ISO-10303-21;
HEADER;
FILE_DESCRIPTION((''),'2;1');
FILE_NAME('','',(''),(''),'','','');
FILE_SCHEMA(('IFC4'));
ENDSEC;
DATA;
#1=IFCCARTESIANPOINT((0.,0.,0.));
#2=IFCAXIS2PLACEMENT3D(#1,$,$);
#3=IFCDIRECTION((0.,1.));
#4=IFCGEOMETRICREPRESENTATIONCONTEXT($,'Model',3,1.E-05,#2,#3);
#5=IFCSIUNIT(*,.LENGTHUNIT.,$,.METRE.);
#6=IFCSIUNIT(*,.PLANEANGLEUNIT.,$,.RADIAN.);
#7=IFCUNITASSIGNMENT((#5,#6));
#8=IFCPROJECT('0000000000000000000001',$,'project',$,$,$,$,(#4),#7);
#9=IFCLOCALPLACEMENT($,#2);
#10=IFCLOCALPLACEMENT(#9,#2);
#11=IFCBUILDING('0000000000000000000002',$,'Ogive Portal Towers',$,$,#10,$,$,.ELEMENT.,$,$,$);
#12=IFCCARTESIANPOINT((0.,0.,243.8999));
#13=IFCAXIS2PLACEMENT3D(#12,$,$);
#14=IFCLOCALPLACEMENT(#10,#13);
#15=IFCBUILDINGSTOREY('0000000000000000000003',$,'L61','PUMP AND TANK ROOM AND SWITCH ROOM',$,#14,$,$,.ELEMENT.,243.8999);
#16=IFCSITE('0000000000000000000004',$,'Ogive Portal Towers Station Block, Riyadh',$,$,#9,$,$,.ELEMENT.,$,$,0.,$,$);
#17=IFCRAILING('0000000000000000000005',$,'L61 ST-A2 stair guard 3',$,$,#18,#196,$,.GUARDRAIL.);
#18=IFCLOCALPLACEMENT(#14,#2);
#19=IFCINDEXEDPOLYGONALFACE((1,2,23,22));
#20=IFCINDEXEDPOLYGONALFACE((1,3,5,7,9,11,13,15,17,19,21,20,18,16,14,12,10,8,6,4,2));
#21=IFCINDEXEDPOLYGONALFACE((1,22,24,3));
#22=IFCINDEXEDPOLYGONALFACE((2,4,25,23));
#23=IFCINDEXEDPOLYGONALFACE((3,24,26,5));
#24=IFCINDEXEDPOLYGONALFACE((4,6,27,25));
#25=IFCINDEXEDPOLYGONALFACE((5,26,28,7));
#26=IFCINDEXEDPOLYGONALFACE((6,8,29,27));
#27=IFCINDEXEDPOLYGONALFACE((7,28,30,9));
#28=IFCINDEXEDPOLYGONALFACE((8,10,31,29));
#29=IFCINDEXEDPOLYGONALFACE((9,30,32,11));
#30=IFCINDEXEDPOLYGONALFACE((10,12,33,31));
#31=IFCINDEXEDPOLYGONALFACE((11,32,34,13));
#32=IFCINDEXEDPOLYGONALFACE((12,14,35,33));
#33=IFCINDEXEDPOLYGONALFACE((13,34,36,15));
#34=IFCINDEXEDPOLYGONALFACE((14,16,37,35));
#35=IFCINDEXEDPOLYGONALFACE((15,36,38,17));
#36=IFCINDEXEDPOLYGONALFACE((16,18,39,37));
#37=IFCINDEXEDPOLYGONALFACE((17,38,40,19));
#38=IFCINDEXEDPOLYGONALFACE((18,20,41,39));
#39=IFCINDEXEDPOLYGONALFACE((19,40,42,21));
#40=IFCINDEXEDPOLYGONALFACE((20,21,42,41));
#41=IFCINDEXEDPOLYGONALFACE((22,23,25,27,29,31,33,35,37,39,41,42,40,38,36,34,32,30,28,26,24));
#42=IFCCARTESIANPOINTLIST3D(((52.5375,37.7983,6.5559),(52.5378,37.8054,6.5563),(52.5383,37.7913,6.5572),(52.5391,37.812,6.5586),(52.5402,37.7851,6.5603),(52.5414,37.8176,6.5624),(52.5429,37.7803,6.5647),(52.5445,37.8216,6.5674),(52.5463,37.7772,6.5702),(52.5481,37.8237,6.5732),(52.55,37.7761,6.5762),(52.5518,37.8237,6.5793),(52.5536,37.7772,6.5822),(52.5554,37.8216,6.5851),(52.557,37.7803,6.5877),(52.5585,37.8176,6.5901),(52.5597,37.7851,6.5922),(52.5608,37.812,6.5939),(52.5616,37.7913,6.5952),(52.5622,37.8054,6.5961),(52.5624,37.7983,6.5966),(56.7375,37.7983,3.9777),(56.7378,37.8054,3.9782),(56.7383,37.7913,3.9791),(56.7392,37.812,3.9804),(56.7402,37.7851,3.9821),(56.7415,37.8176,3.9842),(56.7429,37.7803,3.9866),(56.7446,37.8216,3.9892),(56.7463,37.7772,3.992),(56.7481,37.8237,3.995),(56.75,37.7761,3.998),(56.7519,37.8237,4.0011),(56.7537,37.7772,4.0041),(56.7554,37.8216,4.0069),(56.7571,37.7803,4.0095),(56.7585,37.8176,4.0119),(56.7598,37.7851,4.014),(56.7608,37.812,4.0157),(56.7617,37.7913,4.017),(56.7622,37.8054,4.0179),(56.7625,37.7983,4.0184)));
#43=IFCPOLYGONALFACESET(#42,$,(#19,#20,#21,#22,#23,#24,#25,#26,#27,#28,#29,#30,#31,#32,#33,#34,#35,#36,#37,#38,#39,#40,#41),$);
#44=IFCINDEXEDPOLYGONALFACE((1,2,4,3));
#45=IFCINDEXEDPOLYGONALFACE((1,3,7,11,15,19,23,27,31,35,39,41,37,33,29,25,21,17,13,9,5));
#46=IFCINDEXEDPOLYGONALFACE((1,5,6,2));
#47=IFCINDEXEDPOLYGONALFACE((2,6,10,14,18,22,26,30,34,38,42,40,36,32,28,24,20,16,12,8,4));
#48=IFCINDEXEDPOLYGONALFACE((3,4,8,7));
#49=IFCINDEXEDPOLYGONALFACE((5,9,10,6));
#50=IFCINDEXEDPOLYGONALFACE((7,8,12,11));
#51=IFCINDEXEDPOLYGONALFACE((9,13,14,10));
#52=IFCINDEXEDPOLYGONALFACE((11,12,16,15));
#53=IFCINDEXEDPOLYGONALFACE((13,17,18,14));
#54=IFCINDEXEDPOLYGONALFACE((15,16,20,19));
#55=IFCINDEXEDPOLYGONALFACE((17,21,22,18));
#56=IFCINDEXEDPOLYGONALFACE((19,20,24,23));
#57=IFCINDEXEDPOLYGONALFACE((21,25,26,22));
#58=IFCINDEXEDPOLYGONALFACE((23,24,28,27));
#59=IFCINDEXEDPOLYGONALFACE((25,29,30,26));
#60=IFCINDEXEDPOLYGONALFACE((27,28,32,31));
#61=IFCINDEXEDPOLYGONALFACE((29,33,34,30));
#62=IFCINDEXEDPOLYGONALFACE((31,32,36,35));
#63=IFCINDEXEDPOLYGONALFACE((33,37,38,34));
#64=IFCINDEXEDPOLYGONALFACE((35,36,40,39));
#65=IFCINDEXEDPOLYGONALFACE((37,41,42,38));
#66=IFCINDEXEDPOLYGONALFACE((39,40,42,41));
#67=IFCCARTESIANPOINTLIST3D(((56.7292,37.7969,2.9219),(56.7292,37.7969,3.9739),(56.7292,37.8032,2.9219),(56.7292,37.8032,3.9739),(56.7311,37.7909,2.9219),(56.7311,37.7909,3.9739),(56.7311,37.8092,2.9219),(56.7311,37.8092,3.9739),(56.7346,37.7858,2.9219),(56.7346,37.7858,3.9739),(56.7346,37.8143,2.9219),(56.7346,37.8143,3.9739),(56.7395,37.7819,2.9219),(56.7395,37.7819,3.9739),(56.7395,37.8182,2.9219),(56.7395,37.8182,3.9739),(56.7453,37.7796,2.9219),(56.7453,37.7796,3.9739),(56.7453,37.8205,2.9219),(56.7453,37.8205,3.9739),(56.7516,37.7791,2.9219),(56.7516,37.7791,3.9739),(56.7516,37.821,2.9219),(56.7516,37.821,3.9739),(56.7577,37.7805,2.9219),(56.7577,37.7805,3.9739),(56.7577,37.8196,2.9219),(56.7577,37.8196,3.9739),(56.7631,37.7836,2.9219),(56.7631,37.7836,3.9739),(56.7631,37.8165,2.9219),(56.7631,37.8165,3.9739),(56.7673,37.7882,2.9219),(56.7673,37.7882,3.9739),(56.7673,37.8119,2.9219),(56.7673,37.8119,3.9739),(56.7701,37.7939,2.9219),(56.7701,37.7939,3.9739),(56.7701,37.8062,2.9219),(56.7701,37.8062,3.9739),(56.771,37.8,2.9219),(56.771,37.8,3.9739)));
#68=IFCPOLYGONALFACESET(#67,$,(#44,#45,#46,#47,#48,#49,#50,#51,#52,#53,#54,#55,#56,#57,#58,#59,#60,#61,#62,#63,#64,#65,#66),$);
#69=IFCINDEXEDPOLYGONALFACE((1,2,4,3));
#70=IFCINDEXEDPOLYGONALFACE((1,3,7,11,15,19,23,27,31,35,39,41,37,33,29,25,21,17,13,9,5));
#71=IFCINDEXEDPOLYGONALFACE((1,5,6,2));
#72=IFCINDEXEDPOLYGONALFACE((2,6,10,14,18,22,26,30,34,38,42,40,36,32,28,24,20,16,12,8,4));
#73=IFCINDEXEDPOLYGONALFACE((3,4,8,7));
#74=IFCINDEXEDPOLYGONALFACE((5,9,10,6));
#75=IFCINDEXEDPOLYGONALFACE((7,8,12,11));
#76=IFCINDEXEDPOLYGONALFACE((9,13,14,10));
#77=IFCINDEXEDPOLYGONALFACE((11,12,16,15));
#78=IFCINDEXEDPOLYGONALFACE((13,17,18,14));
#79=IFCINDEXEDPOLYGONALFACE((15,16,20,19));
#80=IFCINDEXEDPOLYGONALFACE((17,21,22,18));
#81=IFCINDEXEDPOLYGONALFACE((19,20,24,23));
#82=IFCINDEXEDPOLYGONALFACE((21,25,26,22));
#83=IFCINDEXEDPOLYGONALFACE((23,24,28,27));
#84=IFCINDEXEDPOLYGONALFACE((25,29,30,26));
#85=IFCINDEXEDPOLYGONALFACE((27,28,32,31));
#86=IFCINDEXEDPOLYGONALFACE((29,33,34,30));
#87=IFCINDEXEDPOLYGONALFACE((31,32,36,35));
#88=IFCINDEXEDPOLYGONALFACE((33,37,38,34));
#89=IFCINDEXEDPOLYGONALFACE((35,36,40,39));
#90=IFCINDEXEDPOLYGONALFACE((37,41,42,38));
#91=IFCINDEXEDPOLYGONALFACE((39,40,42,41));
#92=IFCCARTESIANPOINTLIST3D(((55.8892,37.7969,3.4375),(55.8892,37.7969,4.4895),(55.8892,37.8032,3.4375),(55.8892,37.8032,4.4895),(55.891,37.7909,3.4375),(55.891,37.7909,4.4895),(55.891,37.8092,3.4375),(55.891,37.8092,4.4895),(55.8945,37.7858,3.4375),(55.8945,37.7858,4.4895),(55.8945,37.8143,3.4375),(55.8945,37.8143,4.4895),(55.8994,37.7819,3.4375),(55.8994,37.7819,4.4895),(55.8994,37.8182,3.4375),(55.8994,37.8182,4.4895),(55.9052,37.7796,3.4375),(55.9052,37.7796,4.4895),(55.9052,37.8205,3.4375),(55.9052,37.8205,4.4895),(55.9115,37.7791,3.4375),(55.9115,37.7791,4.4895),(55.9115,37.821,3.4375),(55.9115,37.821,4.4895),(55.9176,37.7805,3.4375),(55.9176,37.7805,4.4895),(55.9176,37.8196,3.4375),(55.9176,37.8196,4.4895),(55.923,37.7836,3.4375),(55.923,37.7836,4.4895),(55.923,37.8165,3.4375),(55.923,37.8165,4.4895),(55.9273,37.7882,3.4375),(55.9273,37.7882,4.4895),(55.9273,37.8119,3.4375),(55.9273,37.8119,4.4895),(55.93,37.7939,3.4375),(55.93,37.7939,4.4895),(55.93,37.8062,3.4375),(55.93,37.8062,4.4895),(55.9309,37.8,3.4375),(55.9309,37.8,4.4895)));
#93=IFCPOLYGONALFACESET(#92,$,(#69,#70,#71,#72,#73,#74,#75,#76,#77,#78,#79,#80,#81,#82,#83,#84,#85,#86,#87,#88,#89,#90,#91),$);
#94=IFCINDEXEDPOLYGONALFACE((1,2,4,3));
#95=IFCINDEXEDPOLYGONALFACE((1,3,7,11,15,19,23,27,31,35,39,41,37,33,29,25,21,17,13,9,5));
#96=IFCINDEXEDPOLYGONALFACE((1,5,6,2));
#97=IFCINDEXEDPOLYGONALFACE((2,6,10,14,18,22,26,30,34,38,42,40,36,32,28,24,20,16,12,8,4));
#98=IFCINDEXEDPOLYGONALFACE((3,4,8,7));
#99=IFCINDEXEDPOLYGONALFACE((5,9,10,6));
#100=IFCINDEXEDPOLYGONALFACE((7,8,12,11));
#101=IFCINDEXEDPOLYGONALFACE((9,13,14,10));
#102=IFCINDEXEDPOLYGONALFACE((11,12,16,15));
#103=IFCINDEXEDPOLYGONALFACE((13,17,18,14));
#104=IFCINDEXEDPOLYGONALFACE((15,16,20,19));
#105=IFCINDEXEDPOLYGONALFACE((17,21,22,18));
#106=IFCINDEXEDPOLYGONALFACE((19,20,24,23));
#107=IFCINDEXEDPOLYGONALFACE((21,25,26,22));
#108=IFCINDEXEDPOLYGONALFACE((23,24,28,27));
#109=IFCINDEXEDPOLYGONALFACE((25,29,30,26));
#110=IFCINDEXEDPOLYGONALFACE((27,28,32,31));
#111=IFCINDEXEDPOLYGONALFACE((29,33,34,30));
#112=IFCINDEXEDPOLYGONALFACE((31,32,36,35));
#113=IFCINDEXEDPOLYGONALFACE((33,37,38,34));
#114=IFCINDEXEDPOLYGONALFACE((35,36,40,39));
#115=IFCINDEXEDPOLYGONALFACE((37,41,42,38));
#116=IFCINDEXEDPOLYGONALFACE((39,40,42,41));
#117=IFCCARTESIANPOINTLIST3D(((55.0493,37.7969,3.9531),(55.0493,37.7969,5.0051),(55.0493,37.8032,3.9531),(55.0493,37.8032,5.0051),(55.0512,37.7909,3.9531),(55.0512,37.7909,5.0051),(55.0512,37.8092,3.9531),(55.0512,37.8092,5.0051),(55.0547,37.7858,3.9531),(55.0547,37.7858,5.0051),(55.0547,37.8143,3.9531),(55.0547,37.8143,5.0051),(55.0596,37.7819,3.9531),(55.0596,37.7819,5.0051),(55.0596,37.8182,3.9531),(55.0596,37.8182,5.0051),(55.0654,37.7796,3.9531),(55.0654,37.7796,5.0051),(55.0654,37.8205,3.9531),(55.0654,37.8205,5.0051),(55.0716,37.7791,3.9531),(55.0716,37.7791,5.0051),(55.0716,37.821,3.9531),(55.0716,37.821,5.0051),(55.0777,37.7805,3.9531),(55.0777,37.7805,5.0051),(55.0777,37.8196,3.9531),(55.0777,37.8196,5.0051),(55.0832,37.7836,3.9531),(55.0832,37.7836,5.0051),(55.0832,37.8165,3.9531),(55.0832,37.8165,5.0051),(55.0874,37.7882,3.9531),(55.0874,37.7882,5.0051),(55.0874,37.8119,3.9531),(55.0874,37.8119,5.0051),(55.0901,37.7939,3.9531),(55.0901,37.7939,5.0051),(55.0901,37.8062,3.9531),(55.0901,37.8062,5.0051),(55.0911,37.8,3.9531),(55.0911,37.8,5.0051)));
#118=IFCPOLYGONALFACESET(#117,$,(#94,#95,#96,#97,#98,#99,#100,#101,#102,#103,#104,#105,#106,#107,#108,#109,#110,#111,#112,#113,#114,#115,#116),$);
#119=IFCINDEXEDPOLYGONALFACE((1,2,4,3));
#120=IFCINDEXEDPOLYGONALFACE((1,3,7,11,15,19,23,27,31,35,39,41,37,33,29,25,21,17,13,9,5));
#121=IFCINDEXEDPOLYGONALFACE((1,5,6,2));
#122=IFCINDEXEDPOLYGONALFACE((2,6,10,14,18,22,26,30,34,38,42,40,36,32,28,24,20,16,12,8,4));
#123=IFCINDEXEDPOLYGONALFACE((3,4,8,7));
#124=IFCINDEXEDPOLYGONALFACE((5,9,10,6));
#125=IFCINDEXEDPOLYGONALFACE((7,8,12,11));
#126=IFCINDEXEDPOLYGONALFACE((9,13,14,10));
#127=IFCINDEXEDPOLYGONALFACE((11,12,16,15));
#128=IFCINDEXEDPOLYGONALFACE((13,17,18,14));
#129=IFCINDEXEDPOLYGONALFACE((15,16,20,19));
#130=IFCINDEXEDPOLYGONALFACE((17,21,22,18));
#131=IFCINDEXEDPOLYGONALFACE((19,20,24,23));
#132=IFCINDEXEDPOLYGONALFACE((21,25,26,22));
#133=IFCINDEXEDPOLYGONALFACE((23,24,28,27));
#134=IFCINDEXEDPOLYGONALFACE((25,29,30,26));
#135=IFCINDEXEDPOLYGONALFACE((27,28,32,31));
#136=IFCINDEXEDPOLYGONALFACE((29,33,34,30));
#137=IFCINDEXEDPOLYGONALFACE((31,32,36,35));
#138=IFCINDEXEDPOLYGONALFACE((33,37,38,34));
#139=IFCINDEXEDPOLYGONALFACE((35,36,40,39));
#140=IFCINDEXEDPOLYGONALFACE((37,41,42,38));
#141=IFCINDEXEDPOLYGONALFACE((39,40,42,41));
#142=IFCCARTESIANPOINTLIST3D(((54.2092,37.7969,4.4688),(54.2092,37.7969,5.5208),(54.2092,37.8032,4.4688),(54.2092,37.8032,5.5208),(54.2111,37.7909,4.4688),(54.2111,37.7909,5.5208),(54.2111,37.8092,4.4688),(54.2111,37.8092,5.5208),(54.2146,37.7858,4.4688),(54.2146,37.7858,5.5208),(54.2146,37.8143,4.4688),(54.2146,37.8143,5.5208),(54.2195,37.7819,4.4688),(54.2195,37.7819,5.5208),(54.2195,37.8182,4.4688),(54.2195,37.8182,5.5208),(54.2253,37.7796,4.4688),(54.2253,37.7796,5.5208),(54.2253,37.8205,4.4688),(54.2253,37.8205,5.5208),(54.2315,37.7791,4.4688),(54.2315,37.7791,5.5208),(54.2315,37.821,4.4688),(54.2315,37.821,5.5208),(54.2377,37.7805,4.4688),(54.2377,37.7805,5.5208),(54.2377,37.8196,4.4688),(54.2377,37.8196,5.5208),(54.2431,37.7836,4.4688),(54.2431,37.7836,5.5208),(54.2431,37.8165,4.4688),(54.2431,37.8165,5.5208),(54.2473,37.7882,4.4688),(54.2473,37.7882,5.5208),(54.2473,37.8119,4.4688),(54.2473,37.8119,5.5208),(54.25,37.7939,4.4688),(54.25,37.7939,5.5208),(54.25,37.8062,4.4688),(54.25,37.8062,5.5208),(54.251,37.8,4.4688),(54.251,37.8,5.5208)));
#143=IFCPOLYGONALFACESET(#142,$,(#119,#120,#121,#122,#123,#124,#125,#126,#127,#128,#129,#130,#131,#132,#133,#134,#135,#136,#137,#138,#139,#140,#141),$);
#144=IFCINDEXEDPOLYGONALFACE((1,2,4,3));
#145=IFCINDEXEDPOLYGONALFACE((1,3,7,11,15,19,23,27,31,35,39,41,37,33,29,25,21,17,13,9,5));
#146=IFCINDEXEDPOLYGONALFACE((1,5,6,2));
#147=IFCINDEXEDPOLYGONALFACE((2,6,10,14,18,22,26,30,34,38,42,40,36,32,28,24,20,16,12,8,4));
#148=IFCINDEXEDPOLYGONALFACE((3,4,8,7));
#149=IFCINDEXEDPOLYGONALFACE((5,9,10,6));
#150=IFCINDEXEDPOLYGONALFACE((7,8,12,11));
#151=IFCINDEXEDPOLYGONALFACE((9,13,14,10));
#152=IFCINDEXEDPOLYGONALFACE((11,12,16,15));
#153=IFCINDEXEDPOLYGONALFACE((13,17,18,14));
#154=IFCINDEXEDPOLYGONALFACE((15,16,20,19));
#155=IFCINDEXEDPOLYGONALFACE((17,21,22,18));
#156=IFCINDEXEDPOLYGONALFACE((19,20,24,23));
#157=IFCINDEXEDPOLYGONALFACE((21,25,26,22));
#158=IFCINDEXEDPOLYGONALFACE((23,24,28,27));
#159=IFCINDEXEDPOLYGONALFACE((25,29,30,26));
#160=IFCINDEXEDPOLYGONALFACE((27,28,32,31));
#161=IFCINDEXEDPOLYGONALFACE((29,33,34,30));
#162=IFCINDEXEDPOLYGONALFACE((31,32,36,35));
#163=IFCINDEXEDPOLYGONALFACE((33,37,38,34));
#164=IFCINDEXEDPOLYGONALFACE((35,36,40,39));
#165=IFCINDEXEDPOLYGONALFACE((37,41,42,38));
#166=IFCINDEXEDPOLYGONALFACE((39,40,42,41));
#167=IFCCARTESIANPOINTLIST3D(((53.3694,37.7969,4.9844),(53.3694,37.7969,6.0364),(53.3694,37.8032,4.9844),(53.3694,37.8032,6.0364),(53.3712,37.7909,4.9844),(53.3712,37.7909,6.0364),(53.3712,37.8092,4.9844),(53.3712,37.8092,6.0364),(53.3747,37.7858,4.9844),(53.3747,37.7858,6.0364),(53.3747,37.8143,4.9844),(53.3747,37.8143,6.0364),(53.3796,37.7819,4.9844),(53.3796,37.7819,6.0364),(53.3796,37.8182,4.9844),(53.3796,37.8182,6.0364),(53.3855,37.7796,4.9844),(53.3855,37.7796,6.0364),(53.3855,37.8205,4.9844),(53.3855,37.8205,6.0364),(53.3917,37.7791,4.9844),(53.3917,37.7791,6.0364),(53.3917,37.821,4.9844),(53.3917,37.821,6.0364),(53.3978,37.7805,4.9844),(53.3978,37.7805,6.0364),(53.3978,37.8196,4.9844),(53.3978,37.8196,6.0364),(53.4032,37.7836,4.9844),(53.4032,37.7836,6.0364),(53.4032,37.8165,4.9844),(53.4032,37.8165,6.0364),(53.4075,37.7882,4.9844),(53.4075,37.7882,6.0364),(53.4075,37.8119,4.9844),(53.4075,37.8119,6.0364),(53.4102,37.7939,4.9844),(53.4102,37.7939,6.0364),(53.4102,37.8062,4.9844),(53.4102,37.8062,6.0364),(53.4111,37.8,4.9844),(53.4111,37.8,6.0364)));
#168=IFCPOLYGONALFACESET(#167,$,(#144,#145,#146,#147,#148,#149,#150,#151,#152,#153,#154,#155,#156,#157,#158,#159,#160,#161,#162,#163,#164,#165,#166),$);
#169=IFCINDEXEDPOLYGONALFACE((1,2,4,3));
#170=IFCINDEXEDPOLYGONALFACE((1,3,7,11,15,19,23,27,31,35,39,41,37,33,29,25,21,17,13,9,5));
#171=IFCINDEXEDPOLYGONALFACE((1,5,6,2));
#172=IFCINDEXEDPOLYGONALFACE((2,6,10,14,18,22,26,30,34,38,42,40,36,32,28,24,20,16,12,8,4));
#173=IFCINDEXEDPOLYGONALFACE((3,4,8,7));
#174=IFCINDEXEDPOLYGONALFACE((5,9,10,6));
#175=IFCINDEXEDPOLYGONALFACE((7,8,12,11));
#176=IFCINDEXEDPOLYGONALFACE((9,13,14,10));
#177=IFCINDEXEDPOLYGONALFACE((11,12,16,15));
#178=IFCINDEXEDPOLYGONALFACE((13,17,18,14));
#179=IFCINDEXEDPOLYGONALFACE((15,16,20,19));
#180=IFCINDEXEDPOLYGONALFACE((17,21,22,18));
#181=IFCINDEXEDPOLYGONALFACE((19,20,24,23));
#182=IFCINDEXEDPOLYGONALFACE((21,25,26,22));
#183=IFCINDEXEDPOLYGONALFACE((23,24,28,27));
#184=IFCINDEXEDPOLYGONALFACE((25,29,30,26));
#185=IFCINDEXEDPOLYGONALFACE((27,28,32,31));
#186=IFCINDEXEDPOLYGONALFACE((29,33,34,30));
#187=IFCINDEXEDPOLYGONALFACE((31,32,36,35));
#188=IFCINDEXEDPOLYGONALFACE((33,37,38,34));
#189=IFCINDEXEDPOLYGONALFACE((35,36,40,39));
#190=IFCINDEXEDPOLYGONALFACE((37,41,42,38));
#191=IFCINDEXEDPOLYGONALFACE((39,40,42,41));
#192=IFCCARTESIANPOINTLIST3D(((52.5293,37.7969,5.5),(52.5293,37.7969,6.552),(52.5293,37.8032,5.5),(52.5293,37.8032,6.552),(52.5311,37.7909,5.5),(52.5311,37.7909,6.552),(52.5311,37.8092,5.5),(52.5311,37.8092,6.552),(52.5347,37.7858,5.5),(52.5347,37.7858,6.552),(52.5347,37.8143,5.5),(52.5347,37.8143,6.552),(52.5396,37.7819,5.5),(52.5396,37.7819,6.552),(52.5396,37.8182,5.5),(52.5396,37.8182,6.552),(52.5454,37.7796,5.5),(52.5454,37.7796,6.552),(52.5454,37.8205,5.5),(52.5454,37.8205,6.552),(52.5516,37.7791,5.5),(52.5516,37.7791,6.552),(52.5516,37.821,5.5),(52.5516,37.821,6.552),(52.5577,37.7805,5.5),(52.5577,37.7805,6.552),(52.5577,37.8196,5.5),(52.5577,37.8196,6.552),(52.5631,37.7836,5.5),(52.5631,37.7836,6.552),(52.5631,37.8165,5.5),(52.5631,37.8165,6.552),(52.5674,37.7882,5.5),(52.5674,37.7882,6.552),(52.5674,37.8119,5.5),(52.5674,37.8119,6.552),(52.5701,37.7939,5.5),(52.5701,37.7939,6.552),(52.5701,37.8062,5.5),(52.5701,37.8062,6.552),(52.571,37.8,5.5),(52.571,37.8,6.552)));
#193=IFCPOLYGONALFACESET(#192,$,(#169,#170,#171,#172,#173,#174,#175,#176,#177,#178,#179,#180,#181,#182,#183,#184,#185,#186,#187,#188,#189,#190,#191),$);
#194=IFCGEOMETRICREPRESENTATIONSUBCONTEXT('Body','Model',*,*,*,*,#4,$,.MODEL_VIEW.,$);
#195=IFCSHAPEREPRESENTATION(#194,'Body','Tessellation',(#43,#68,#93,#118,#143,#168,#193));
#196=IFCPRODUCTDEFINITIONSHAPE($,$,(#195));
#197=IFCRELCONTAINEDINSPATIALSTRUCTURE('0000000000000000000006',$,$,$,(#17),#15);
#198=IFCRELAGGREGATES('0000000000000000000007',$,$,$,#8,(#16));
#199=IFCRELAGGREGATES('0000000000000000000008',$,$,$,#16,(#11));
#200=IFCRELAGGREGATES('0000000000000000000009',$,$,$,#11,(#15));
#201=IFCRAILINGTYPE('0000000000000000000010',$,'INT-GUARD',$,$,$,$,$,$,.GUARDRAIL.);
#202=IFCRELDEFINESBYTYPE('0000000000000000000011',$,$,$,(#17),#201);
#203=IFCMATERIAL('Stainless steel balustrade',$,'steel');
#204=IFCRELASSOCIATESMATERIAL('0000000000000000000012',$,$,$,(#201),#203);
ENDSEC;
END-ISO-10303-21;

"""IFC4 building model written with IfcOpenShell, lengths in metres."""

from ifc_helpers import new_model, si_unit, direction, frame, origin, origin_2d, place, context, subcontext, project, spatial, circle, extrude, material, type_object, element, save


model = new_model("IFC4")

# Units and contexts
model_context = context("Model", 3, precision=1e-05, world=origin(), true_north=direction((0.0, 1.0)))
body_context = subcontext(model_context, "Body", "Model", "MODEL_VIEW")
ifc_project = project(units=[si_unit("LENGTHUNIT", "METRE"), si_unit("PLANEANGLEUNIT", "RADIAN")], contexts=[model_context])

# Site, building, storey
site_placement = place(None, origin())
site = spatial("IfcSite", under=ifc_project, at=site_placement, Name="Ogive Portal Towers Station Block, Riyadh", CompositionType="ELEMENT", RefElevation=0.0)
building_placement = place(site_placement, origin())
building = spatial("IfcBuilding", under=site, at=building_placement, Name="Ogive Portal Towers", CompositionType="ELEMENT")
storey_placement = place(building_placement, frame((0.0, 0.0, 243.8999)))
storey = spatial("IfcBuildingStorey", under=building, at=storey_placement, Name="L61", Description="PUMP AND TANK ROOM AND SWITCH ROOM", CompositionType="ELEMENT", Elevation=243.8999)

# Railing
ifc_material_1 = material(Name="Stainless steel balustrade", Category="steel")
railing_type_1 = type_object("IfcRailingType", Name="INT-GUARD", PredefinedType="GUARDRAIL", material=ifc_material_1)
railing_1_placement = place(storey_placement, frame((56.75, 37.8, 2.9219)))
element("IfcRailing", 1, at=railing_1_placement, inside=storey, type_object=railing_type_1, Name="L61 ST-A2 stair guard 3", PredefinedType="GUARDRAIL", context=body_context, shape_type="SweptSolid", body=[
    extrude(circle(Radius=0.0239, at=origin_2d()), frame((0.0, 0.0, 1.0762), z_axis=(-0.852243, 0.0, 0.523146), x_axis=(0.0, -1.0, 0.0)), (0.0, 0.0, 1.0), 4.9282),
    extrude(circle(Radius=0.021, at=origin_2d()), origin(), (0.0, 0.0, 1.0), 1.052),
    extrude(circle(Radius=0.021, at=origin_2d()), frame((-0.8401, 0.0, 0.5156)), (0.0, 0.0, 1.0), 1.052),
    extrude(circle(Radius=0.021, at=origin_2d()), frame((-1.6799, 0.0, 1.0312)), (0.0, 0.0, 1.0), 1.052),
    extrude(circle(Radius=0.021, at=origin_2d()), frame((-2.52, 0.0, 1.5469)), (0.0, 0.0, 1.0), 1.052),
    extrude(circle(Radius=0.021, at=origin_2d()), frame((-3.3599, 0.0, 2.0625)), (0.0, 0.0, 1.0), 1.052),
    extrude(circle(Radius=0.021, at=origin_2d()), frame((-4.2, 0.0, 2.5781)), (0.0, 0.0, 1.0), 1.052),
])

save(model, "model.ifc")
